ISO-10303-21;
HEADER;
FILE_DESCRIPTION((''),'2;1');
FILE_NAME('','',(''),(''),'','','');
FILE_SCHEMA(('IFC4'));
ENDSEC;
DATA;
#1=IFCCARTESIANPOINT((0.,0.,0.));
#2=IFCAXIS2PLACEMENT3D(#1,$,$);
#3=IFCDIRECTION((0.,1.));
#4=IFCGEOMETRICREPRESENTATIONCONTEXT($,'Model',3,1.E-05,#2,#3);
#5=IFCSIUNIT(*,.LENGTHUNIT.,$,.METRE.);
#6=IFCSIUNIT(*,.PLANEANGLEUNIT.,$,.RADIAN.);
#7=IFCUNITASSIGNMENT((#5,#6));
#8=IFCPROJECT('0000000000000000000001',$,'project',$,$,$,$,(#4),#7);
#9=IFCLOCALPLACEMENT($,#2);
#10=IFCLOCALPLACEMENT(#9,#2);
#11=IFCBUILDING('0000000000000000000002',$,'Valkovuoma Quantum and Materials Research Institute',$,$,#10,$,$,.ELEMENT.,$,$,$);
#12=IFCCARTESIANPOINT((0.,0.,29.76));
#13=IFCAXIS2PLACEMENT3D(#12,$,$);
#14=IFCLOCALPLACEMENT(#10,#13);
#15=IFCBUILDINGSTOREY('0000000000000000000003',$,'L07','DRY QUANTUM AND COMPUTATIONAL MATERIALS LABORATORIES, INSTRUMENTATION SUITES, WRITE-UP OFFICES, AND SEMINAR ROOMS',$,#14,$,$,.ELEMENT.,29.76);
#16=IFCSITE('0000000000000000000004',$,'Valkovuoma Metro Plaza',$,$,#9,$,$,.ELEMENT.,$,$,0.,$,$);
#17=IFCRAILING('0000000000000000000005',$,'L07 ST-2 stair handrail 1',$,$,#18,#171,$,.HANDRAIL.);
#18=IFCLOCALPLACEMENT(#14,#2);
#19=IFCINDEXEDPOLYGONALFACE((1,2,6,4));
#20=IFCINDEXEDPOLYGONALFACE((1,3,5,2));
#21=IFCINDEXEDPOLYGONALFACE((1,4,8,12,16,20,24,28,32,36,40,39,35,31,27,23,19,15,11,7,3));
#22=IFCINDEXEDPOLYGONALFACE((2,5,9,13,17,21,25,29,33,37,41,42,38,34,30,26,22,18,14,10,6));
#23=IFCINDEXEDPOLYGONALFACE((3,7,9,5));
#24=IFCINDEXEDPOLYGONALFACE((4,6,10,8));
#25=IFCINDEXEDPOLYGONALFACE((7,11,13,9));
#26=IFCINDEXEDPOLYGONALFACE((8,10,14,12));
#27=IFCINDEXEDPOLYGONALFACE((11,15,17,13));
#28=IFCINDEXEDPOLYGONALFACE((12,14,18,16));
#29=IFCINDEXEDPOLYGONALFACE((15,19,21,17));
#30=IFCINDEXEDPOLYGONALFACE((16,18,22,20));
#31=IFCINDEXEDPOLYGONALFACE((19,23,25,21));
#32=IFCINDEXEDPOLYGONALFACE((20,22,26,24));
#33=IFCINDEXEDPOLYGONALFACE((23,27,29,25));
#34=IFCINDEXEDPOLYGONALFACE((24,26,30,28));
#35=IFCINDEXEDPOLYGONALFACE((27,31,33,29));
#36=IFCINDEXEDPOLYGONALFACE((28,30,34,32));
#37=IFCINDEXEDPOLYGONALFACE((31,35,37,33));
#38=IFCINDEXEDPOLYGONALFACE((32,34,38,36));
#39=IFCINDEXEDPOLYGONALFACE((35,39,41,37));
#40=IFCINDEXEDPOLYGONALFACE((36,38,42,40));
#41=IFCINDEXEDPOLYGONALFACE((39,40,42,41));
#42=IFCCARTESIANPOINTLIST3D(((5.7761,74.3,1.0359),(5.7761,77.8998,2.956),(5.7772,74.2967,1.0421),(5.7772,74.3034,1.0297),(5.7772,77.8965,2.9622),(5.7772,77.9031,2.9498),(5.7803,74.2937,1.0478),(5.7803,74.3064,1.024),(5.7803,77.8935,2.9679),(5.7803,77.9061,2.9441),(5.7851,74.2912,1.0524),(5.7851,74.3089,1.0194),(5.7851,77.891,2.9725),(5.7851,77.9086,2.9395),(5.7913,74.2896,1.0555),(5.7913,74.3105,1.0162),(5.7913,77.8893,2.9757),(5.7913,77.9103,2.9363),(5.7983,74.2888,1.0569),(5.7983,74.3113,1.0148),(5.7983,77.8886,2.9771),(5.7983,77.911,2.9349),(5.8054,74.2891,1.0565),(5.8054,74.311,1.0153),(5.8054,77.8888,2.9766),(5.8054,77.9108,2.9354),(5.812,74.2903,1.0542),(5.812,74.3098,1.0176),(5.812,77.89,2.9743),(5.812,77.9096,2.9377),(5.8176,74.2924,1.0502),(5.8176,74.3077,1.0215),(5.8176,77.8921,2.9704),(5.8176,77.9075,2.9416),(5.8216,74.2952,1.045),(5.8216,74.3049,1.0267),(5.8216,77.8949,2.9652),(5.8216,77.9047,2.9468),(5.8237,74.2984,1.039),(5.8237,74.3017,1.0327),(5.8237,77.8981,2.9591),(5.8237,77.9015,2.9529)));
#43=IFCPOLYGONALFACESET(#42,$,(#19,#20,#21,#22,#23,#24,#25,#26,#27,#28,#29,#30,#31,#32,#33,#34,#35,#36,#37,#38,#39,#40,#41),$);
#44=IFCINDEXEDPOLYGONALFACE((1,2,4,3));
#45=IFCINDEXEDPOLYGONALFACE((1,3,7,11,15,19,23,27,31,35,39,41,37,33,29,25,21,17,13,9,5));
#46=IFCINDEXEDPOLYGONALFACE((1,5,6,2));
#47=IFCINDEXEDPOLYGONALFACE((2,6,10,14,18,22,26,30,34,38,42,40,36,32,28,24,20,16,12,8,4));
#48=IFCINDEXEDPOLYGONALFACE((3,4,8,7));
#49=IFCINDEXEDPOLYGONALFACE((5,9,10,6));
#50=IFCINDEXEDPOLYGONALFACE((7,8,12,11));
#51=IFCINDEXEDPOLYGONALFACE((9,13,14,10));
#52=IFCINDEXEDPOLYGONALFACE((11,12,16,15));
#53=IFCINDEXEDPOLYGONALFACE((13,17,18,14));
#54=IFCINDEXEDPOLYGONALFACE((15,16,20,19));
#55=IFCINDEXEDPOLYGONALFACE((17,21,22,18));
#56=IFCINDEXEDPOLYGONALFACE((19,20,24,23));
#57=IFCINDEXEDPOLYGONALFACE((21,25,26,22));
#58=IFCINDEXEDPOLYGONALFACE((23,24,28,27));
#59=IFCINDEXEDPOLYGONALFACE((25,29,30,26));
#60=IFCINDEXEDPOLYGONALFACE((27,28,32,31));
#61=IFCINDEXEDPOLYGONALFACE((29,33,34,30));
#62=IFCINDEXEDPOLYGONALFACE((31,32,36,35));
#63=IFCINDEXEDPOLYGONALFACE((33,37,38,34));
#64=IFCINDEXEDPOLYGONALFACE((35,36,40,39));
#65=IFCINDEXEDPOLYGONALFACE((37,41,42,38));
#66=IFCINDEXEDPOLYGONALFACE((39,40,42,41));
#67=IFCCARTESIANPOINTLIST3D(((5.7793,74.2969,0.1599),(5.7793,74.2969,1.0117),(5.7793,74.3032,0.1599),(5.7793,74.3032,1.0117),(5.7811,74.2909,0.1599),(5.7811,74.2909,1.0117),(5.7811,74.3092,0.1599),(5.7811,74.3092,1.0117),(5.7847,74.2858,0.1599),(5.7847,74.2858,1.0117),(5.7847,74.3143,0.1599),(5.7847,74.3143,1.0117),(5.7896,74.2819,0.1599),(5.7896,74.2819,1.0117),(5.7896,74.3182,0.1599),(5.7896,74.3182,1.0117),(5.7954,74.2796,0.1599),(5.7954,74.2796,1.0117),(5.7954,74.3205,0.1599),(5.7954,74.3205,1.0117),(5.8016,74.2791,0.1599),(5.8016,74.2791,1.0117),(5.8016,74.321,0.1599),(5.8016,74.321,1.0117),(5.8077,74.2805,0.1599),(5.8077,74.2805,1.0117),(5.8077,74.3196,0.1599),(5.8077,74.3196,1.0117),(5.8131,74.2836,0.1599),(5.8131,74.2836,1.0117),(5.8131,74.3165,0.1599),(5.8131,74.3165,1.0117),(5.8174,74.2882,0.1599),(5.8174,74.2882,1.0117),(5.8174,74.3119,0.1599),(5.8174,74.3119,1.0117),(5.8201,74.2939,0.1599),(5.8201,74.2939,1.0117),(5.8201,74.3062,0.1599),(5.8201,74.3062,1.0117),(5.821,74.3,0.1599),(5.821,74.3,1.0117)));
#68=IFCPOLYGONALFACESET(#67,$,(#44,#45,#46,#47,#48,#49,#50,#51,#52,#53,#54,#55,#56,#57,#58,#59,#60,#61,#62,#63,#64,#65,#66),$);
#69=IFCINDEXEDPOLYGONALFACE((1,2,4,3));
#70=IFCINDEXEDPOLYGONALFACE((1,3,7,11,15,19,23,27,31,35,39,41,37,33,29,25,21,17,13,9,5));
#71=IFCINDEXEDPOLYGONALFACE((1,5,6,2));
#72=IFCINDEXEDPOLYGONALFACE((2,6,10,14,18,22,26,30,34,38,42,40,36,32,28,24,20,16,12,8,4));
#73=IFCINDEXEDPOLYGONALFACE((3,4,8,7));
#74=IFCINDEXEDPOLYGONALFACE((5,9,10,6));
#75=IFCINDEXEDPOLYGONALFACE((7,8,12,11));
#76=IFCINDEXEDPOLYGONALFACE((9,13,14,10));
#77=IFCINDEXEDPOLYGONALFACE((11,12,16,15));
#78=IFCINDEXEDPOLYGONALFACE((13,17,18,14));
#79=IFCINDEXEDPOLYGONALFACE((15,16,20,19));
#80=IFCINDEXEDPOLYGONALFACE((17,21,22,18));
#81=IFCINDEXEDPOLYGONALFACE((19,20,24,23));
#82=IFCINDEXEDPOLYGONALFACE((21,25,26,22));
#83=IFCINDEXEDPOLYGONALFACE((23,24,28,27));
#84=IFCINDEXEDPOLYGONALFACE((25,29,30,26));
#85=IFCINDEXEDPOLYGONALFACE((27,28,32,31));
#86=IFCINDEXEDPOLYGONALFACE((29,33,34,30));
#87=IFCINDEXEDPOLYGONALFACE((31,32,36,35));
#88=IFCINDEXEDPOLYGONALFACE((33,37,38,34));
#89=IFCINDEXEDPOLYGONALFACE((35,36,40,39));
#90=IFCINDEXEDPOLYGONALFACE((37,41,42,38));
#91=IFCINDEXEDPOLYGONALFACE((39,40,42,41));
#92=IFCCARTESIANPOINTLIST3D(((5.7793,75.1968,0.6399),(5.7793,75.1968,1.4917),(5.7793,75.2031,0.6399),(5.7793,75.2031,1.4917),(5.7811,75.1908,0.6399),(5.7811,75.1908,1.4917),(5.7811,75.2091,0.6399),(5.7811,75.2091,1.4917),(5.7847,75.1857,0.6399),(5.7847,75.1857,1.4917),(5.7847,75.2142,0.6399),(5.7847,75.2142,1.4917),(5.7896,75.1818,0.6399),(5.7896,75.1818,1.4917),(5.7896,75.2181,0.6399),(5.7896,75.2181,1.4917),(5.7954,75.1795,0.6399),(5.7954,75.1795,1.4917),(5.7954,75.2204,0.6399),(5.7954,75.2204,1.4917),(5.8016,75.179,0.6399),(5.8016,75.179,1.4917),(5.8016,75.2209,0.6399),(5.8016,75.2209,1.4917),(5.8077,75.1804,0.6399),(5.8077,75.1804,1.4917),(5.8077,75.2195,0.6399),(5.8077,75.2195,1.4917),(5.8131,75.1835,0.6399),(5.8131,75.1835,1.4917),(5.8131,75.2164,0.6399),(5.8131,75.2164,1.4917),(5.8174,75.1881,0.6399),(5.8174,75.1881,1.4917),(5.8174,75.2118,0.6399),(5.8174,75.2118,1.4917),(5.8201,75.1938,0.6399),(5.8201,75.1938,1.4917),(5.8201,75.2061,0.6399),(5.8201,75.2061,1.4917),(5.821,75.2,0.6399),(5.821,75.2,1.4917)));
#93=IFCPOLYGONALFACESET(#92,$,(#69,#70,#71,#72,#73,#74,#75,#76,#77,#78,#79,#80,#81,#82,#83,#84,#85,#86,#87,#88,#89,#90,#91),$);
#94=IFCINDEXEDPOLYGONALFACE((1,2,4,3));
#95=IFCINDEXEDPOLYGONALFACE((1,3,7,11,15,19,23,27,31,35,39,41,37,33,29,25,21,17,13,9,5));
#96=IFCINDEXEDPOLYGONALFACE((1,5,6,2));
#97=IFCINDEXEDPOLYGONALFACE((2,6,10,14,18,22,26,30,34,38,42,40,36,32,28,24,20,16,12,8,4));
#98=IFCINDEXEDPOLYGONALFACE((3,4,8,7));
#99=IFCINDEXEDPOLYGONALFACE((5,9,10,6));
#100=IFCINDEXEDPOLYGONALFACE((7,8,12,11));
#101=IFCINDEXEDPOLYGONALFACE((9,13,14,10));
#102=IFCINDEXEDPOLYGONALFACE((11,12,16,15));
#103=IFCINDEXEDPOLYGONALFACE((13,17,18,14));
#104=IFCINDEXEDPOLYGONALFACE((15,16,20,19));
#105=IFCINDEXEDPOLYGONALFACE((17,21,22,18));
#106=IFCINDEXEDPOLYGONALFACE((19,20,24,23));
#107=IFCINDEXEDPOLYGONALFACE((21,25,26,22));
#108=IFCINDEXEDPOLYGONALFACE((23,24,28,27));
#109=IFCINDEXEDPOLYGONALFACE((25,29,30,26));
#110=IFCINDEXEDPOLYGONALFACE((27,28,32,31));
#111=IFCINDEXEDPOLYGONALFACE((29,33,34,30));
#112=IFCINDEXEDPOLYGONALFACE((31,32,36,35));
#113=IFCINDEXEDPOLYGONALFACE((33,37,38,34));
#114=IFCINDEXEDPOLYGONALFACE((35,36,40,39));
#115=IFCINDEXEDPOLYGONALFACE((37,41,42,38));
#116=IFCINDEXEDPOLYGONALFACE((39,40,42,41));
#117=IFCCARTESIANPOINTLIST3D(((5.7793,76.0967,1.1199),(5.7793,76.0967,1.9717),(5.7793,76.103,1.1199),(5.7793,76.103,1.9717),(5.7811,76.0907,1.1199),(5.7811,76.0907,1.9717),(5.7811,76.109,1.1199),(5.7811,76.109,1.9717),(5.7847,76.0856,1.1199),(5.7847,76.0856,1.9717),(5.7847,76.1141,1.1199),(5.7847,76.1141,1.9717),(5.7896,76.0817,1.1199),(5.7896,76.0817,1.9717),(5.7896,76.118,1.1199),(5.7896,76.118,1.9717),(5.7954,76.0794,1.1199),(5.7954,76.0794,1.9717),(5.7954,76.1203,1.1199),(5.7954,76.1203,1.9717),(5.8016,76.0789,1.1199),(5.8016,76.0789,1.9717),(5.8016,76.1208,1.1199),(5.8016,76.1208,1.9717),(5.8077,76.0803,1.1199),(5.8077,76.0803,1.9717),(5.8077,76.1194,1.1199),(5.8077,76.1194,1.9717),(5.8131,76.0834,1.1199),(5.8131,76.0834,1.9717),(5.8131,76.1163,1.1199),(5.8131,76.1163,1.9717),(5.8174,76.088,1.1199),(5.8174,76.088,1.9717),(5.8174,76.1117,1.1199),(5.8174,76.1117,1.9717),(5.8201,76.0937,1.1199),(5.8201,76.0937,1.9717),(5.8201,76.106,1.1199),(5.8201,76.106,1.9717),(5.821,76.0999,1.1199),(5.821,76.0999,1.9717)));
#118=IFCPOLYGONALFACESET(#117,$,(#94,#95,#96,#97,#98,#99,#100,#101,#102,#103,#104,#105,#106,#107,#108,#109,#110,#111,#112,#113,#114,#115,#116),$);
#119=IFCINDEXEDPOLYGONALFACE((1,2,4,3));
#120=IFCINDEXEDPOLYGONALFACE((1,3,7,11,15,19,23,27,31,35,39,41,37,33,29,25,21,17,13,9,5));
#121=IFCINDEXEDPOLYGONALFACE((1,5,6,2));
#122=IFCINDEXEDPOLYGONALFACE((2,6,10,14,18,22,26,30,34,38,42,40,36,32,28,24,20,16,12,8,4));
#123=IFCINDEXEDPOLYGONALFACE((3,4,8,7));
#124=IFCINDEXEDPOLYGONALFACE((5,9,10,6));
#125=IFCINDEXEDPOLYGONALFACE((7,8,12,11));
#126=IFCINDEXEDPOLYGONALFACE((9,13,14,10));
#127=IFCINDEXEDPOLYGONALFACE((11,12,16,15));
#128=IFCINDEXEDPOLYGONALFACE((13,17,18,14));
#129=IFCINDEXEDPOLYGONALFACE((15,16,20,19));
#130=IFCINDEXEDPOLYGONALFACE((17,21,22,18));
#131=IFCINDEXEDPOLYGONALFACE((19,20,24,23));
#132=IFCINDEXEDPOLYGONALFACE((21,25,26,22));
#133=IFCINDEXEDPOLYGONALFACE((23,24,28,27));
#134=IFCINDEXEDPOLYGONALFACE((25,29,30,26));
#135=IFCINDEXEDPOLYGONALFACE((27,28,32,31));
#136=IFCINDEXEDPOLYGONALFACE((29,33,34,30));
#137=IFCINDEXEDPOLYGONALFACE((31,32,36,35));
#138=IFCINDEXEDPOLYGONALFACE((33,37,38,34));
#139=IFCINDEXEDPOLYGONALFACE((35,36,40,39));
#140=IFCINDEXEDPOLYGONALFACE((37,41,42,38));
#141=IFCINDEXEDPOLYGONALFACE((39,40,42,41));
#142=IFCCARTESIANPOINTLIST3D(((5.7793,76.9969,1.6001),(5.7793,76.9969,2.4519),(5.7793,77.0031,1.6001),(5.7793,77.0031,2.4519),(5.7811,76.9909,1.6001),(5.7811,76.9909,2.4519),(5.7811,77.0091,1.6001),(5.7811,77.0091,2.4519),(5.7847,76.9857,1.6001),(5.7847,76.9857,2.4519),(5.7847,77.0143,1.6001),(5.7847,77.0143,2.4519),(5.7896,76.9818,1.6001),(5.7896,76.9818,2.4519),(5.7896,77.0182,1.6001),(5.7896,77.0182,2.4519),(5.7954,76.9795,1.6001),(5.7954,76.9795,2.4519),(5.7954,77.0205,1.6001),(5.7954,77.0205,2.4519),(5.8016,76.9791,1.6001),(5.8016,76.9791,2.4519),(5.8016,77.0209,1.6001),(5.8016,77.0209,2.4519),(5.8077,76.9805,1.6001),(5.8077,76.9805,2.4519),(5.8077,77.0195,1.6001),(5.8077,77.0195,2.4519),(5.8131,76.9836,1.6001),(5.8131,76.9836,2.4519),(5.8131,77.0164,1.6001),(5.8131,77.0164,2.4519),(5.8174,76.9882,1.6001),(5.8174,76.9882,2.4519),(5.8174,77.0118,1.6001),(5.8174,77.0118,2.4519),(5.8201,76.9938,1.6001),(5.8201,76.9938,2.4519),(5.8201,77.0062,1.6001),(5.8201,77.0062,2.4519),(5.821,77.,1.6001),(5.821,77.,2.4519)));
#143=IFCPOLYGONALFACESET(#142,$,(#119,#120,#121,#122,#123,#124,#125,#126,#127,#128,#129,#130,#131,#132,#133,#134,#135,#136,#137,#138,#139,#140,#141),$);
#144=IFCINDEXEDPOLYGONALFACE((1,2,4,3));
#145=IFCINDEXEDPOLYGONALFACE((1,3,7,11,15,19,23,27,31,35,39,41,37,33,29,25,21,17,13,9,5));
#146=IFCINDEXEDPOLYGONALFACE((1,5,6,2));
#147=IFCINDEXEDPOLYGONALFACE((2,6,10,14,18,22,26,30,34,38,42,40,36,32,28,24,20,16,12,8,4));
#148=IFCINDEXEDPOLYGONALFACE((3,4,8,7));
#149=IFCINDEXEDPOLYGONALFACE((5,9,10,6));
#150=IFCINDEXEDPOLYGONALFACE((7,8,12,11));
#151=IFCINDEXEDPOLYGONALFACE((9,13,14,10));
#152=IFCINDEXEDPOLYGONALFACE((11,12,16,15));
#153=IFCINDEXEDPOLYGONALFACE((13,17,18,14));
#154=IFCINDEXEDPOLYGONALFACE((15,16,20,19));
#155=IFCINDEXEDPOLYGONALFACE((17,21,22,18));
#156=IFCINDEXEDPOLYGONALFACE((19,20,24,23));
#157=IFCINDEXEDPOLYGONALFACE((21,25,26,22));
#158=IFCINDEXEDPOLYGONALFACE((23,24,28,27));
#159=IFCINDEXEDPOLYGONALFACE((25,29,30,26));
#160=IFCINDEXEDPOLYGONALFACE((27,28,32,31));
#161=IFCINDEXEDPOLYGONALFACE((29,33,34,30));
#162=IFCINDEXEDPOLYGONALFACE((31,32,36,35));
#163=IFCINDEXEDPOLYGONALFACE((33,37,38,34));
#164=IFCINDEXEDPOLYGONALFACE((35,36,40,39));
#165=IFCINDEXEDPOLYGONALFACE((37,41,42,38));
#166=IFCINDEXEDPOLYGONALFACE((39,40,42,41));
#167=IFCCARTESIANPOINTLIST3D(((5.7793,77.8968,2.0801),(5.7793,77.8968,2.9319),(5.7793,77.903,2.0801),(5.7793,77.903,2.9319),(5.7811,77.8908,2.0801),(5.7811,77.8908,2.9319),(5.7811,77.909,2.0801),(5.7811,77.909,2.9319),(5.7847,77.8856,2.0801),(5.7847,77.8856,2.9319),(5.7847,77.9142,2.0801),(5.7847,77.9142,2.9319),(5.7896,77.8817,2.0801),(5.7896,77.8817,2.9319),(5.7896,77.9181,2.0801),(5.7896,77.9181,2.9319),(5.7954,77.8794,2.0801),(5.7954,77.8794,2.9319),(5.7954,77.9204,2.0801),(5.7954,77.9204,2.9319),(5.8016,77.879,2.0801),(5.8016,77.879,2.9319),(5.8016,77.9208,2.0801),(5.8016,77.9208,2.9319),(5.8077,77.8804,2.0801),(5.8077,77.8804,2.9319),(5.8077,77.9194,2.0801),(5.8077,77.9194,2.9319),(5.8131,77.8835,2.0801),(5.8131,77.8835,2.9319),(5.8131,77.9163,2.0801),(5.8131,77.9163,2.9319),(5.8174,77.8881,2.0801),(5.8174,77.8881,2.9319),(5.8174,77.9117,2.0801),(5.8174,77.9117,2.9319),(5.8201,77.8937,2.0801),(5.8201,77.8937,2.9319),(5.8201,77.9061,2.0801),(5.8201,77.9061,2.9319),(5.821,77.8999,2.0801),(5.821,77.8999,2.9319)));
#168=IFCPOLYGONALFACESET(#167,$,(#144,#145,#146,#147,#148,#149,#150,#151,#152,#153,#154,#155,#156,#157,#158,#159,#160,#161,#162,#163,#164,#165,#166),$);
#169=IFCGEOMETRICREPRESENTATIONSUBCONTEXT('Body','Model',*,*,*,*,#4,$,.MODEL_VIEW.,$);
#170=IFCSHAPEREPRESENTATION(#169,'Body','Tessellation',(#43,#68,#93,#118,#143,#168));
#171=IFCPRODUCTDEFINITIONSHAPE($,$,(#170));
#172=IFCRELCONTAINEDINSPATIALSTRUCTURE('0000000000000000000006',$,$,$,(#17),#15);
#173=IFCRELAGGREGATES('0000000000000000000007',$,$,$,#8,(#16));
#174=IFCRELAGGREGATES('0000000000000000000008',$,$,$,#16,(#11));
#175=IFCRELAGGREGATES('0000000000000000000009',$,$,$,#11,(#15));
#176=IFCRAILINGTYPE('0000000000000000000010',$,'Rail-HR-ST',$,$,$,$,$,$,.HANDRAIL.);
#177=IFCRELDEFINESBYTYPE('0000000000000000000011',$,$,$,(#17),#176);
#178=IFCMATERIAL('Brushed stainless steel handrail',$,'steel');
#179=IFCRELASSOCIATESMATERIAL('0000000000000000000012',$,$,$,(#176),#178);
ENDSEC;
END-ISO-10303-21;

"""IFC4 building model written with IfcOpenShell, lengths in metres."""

from ifc_helpers import new_model, si_unit, direction, frame, origin, origin_2d, place, context, subcontext, project, spatial, circle, extrude, material, type_object, element, save


model = new_model("IFC4")

# Units and contexts
model_context = context("Model", 3, precision=1e-05, world=origin(), true_north=direction((0.0, 1.0)))
body_context = subcontext(model_context, "Body", "Model", "MODEL_VIEW")
ifc_project = project(units=[si_unit("LENGTHUNIT", "METRE"), si_unit("PLANEANGLEUNIT", "RADIAN")], contexts=[model_context])

# Site, building, storey
site_placement = place(None, origin())
site = spatial("IfcSite", under=ifc_project, at=site_placement, Name="Valkovuoma Metro Plaza", CompositionType="ELEMENT", RefElevation=0.0)
building_placement = place(site_placement, origin())
building = spatial("IfcBuilding", under=site, at=building_placement, Name="Valkovuoma Quantum and Materials Research Institute", CompositionType="ELEMENT")
storey_placement = place(building_placement, frame((0.0, 0.0, 29.76)))
storey = spatial("IfcBuildingStorey", under=building, at=storey_placement, Name="L07", Description="DRY QUANTUM AND COMPUTATIONAL MATERIALS LABORATORIES, INSTRUMENTATION SUITES, WRITE-UP OFFICES, AND SEMINAR ROOMS", CompositionType="ELEMENT", Elevation=29.76)

# Railing
ifc_material_1 = material(Name="Brushed stainless steel handrail", Category="steel")
railing_type_1 = type_object("IfcRailingType", Name="Rail-HR-ST", PredefinedType="HANDRAIL", material=ifc_material_1)
railing_1_placement = place(storey_placement, frame((5.8, 74.3, 0.1599)))
element("IfcRailing", 1, at=railing_1_placement, inside=storey, type_object=railing_type_1, Name="L07 ST-2 stair handrail 1", PredefinedType="HANDRAIL", context=body_context, shape_type="SweptSolid", body=[
    extrude(circle(Radius=0.0239, at=origin_2d()), frame((0.0, 0.0, 0.876), z_axis=(0.0, 0.882328, 0.470635), x_axis=(-1.0, 0.0, 0.0)), (0.0, 0.0, 1.0), 4.0798),
    extrude(circle(Radius=0.021, at=origin_2d()), origin(), (0.0, 0.0, 1.0), 0.8518),
    extrude(circle(Radius=0.021, at=origin_2d()), frame((0.0, 0.8999, 0.48)), (0.0, 0.0, 1.0), 0.8518),
    extrude(circle(Radius=0.021, at=origin_2d()), frame((0.0, 1.7998, 0.96)), (0.0, 0.0, 1.0), 0.8518),
    extrude(circle(Radius=0.021, at=origin_2d()), frame((0.0, 2.7, 1.4402)), (0.0, 0.0, 1.0), 0.8518),
    extrude(circle(Radius=0.021, at=origin_2d()), frame((0.0, 3.5999, 1.9202)), (0.0, 0.0, 1.0), 0.8518),
])

save(model, "model.ifc")
